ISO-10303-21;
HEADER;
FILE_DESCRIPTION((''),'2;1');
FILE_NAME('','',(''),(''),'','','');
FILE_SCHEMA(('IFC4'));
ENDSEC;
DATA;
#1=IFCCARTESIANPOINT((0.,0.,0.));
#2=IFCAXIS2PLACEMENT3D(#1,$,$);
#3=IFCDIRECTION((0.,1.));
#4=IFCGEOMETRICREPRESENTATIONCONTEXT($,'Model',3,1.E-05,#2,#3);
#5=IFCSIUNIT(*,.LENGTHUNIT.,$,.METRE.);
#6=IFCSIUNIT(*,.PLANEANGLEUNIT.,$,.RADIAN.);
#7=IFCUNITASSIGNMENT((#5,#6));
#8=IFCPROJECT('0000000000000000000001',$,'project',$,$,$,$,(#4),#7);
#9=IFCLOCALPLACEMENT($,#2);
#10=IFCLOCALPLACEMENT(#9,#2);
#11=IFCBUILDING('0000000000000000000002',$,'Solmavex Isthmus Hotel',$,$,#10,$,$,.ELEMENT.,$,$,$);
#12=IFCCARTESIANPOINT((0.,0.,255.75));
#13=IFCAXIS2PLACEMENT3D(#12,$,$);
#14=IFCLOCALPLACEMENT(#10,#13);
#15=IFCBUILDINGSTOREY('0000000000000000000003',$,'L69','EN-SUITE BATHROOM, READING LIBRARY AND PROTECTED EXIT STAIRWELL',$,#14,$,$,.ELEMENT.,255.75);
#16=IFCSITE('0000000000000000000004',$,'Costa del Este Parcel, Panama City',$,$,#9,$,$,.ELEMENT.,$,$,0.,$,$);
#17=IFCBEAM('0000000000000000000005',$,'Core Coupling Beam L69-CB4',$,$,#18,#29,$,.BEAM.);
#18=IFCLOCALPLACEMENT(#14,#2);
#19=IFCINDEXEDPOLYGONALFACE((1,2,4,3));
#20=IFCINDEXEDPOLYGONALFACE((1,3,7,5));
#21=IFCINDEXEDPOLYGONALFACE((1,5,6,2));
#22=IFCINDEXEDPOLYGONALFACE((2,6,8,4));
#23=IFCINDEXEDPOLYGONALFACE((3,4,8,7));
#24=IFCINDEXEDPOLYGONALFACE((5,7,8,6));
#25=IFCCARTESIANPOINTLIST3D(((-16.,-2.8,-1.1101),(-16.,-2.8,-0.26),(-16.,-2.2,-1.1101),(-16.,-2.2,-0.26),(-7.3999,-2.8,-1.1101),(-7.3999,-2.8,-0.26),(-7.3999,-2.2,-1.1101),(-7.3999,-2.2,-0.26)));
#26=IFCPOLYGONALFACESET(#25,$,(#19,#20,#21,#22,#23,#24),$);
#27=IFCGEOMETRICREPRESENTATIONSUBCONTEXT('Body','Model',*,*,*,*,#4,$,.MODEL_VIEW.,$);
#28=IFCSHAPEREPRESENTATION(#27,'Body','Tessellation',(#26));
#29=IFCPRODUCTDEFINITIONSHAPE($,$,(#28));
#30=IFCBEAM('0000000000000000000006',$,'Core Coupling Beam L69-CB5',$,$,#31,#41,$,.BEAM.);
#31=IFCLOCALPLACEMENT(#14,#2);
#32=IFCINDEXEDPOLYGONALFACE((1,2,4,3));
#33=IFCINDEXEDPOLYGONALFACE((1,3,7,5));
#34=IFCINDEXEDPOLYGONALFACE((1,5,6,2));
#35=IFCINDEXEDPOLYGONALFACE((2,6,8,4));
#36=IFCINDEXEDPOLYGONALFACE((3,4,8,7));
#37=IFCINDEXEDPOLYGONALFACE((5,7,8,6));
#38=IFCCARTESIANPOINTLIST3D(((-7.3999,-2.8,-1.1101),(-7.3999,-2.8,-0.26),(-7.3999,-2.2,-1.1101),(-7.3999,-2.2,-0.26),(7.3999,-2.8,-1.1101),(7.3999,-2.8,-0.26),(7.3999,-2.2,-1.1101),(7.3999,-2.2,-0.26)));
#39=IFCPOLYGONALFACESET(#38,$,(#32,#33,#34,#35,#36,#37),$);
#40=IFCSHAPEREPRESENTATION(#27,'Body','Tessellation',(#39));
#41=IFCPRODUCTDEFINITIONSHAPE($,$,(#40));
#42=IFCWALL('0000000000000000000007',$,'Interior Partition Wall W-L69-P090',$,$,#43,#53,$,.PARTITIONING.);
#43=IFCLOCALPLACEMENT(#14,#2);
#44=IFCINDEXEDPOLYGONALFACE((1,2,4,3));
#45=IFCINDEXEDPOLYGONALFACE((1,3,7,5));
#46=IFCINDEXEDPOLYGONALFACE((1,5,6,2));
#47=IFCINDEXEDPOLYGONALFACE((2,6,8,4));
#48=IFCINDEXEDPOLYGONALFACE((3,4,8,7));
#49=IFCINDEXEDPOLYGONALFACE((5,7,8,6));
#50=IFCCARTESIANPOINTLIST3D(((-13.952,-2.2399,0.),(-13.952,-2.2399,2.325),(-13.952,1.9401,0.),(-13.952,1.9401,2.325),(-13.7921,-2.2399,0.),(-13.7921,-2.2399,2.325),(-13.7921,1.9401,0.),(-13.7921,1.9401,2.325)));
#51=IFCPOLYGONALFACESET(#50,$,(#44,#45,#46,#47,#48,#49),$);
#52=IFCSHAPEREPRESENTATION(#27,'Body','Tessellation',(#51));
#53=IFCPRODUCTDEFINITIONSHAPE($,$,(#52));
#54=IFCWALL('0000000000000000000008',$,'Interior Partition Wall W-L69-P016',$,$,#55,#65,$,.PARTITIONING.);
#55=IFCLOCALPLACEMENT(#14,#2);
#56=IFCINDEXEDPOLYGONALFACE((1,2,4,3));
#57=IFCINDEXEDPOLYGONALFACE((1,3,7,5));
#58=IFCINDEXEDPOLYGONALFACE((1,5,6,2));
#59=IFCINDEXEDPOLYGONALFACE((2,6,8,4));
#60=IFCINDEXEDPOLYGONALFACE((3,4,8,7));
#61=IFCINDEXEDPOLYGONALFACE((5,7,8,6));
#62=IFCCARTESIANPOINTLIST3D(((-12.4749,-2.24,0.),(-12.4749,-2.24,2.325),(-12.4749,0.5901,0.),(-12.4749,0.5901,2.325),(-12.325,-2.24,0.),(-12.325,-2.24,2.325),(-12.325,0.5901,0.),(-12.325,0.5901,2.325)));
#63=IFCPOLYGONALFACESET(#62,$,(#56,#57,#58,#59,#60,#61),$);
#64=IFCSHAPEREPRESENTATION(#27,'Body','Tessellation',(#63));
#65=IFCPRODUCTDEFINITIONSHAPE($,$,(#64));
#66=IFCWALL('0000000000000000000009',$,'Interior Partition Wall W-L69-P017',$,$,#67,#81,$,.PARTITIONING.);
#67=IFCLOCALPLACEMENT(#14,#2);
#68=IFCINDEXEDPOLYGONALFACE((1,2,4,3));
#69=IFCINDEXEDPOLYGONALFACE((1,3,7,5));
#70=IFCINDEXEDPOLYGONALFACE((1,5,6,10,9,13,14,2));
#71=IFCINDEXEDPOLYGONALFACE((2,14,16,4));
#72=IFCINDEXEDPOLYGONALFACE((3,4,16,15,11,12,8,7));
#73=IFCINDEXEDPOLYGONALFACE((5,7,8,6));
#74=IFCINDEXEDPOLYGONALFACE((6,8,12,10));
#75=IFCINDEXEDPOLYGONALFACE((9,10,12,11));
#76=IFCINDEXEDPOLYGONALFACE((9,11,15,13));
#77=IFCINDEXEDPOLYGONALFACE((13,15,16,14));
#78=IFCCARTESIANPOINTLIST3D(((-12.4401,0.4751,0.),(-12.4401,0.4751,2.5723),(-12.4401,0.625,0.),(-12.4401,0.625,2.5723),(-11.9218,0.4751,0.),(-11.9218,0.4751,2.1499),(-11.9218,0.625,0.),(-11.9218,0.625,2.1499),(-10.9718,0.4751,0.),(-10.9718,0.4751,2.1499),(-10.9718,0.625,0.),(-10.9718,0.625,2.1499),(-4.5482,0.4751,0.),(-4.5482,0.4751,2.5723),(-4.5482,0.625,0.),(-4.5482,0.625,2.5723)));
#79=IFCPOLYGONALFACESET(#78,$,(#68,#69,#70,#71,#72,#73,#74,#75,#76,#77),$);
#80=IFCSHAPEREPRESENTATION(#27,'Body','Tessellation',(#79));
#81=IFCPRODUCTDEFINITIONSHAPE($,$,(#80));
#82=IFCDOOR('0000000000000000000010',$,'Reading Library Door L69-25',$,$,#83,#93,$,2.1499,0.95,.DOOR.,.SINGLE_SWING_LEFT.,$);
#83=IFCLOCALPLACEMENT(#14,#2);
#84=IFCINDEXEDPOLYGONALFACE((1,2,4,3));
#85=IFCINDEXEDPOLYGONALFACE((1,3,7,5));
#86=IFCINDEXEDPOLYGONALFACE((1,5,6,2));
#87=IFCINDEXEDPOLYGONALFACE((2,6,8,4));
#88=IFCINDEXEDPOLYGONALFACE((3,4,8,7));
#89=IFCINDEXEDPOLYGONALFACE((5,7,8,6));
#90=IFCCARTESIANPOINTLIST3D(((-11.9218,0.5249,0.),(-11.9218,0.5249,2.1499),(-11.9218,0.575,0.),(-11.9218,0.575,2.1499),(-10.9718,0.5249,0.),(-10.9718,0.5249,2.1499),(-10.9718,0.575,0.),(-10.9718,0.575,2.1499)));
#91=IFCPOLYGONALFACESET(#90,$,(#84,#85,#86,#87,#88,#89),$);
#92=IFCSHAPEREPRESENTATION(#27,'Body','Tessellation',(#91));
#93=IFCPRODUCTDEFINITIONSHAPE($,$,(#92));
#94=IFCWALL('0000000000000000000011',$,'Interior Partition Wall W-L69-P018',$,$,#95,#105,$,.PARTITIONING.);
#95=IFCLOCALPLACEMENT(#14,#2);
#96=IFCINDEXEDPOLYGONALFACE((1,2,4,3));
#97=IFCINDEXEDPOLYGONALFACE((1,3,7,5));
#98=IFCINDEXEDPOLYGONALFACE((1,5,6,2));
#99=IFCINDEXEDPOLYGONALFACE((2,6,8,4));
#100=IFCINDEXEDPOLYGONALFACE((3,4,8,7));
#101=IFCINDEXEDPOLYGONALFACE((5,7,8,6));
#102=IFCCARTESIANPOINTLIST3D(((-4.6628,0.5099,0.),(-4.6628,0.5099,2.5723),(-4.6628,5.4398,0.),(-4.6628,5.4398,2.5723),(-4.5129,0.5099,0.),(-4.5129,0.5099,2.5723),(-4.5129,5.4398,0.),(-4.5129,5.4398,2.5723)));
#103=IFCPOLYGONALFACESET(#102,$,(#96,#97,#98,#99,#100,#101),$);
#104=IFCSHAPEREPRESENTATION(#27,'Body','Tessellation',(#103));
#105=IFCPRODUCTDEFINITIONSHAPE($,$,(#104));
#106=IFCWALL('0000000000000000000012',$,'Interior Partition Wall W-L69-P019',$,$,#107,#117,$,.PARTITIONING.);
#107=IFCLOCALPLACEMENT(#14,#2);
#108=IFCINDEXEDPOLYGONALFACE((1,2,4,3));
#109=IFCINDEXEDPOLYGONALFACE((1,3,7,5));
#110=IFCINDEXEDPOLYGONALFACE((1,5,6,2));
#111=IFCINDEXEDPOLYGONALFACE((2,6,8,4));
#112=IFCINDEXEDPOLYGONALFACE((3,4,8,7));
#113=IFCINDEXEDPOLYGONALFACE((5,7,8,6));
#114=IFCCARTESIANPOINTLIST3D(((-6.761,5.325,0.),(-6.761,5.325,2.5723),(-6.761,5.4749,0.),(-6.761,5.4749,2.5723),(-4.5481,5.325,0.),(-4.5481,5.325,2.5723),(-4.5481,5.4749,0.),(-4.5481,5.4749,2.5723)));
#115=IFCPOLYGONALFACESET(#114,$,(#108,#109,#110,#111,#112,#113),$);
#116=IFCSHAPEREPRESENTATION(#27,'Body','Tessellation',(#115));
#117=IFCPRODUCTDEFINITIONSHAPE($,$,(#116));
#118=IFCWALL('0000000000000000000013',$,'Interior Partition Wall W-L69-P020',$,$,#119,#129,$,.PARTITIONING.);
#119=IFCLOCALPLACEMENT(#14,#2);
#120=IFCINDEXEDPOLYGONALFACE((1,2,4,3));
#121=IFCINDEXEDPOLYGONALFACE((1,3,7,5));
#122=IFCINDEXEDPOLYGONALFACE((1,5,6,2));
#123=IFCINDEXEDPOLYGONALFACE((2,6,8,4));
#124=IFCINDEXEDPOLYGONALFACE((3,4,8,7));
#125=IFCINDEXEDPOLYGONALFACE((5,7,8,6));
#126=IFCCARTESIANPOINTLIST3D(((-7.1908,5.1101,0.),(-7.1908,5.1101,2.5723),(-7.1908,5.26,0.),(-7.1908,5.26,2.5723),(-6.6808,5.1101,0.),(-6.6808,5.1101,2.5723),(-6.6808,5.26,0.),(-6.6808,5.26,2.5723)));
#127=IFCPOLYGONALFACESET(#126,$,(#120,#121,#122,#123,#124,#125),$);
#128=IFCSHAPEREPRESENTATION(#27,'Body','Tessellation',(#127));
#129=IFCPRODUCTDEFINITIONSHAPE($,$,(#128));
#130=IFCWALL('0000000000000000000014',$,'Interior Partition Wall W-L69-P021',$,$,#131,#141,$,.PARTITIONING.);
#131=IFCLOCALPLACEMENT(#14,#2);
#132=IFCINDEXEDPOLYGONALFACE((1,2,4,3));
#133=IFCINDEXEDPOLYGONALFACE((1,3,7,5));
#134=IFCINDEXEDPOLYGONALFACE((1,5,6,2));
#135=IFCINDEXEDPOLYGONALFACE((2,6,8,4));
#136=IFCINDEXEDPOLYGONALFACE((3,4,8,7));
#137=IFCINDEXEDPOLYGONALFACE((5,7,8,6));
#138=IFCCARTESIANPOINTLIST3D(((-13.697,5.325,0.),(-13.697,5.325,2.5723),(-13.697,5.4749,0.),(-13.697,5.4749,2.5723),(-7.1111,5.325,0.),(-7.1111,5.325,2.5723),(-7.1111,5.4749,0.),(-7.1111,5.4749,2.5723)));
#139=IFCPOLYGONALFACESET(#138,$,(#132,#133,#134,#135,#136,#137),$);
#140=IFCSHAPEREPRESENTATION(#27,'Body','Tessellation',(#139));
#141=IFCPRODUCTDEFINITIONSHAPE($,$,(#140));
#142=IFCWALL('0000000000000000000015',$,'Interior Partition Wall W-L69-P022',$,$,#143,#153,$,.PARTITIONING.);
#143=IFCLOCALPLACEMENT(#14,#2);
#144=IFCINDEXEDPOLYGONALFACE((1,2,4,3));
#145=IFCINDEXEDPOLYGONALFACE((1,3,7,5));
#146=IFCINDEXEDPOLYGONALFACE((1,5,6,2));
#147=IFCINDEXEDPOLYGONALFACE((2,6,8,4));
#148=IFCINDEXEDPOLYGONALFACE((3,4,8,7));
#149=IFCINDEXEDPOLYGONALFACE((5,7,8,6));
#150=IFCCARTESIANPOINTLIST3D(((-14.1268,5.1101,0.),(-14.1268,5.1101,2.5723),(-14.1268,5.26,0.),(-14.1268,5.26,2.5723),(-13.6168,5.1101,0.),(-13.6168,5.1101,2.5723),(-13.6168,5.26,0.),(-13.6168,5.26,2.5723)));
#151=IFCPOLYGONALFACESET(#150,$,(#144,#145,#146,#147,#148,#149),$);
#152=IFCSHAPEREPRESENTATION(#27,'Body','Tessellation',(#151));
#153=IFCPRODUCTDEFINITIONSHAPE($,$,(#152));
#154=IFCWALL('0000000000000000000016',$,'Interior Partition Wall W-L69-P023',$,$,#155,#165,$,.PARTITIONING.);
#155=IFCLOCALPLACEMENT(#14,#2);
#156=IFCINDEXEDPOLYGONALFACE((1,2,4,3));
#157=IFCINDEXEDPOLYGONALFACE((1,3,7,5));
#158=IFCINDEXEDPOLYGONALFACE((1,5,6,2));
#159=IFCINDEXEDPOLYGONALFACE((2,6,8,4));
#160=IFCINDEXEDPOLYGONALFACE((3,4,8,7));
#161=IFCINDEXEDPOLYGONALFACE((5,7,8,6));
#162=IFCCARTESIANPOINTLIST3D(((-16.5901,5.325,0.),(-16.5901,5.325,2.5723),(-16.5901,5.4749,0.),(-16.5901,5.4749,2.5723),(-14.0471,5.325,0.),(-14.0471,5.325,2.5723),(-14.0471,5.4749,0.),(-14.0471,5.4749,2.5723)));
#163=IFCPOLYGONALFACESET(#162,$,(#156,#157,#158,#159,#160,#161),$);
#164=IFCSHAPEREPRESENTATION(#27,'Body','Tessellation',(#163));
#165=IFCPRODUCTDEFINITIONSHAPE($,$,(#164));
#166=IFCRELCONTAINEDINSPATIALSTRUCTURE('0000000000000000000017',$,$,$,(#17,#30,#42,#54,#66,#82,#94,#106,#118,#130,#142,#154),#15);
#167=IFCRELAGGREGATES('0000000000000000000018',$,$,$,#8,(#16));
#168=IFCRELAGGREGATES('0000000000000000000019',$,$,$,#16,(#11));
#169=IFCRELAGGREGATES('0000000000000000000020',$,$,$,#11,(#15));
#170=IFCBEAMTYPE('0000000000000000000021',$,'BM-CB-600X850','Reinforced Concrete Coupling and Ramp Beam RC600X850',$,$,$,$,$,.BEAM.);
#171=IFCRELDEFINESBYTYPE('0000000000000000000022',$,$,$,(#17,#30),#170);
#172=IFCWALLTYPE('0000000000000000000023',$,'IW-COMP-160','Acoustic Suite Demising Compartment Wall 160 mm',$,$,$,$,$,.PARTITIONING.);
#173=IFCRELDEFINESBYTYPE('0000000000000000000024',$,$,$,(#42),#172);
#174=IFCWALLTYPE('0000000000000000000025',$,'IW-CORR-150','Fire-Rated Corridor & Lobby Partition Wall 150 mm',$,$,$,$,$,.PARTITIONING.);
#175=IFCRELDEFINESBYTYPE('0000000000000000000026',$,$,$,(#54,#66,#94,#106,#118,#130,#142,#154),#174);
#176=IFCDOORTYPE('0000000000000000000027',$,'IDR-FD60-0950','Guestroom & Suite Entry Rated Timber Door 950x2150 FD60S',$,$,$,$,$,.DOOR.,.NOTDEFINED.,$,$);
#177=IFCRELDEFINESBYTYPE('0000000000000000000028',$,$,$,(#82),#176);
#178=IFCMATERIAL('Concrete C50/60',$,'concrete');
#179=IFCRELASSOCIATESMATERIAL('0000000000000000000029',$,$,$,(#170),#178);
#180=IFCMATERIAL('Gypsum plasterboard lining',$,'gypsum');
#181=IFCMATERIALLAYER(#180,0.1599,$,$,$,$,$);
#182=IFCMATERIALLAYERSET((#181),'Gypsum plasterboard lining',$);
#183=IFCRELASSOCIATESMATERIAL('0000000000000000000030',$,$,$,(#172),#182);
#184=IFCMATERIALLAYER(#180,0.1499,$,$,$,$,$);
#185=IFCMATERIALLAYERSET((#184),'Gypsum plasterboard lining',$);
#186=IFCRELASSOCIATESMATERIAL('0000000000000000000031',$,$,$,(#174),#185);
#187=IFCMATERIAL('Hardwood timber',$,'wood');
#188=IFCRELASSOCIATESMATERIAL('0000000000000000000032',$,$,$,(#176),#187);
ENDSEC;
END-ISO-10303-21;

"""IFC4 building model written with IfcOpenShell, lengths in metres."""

from ifc_helpers import new_model, si_unit, direction, frame, frame_2d, origin, origin_2d, place, context, subcontext, project, spatial, rectangle, extrude, material, layer, layer_set, material_profile, profile_set, type_object, element, fill, save


model = new_model("IFC4")

# Units and contexts
model_context = context("Model", 3, precision=1e-05, world=origin(), true_north=direction((0.0, 1.0)))
body_context = subcontext(model_context, "Body", "Model", "MODEL_VIEW")
ifc_project = project(units=[si_unit("LENGTHUNIT", "METRE"), si_unit("PLANEANGLEUNIT", "RADIAN")], contexts=[model_context])

# Site, building, storey
site_placement = place(None, origin())
site = spatial("IfcSite", under=ifc_project, at=site_placement, Name="Costa del Este Parcel, Panama City", CompositionType="ELEMENT", RefElevation=0.0)
building_placement = place(site_placement, origin())
building = spatial("IfcBuilding", under=site, at=building_placement, Name="Solmavex Isthmus Hotel", CompositionType="ELEMENT")
storey_placement = place(building_placement, frame((0.0, 0.0, 255.75)))
storey = spatial("IfcBuildingStorey", under=building, at=storey_placement, Name="L69", Description="EN-SUITE BATHROOM, READING LIBRARY AND PROTECTED EXIT STAIRWELL", CompositionType="ELEMENT", Elevation=255.75)

# Shared definitions
ifc_material_1 = material(Name="Concrete C50/60", Category="concrete")

# Beams
ifc_material_profile_1 = material_profile(ifc_material_1, rectangle(XDim=0.6001, YDim=0.8501, at=origin_2d()), Name="RC600X850")
ifc_profile_set_1 = profile_set([ifc_material_profile_1], Name="Concrete C50/60")
beam_type_1 = type_object("IfcBeamType", Name="BM-CB-600X850", Description="Reinforced Concrete Coupling and Ramp Beam RC600X850", PredefinedType="BEAM", material=ifc_profile_set_1)
beam_1_placement = place(storey_placement, frame((-16.0, -2.5, -0.6851), z_axis=(1.0, 0.0, 0.0), x_axis=(0.0, 1.0, 0.0)))
element("IfcBeam", 1, at=beam_1_placement, inside=storey, type_object=beam_type_1, Name="Core Coupling Beam L69-CB4", PredefinedType="BEAM", context=body_context, shape_type="SweptSolid", body=[
    extrude(rectangle(XDim=0.6001, YDim=0.8501, at=origin_2d()), origin(), (0.0, 0.0, 1.0), 8.6001),
])
beam_2_placement = place(storey_placement, frame((-7.3999, -2.5, -0.6851), z_axis=(1.0, 0.0, 0.0), x_axis=(0.0, 1.0, 0.0)))
element("IfcBeam", 2, at=beam_2_placement, inside=storey, type_object=beam_type_1, Name="Core Coupling Beam L69-CB5", PredefinedType="BEAM", context=body_context, shape_type="SweptSolid", body=[
    extrude(rectangle(XDim=0.6001, YDim=0.8501, at=origin_2d()), origin(), (0.0, 0.0, 1.0), 14.7998),
])

# Walls
ifc_material_2 = material(Name="Gypsum plasterboard lining", Category="gypsum")
ifc_layer_1 = layer(ifc_material_2, 0.1599)
ifc_layer_set_1 = layer_set([ifc_layer_1], Name="Gypsum plasterboard lining")
wall_type_1 = type_object("IfcWallType", Name="IW-COMP-160", Description="Acoustic Suite Demising Compartment Wall 160 mm", PredefinedType="PARTITIONING", material=ifc_layer_set_1)
wall_1_placement = place(storey_placement, frame((-13.8721, 1.9399, 0.0), z_axis=(0.0, 0.0, 1.0), x_axis=(0.0, -1.0, 0.0)))
element("IfcWall", 3, at=wall_1_placement, inside=storey, type_object=wall_type_1, Name="Interior Partition Wall W-L69-P090", PredefinedType="PARTITIONING", context=body_context, shape_type="SweptSolid", body=[
    extrude(rectangle(XDim=4.1799, YDim=0.1599, at=frame_2d((2.0898, 0.0))), origin(), (0.0, 0.0, 1.0), 2.325),
])
ifc_layer_2 = layer(ifc_material_2, 0.1499)
ifc_layer_set_2 = layer_set([ifc_layer_2], Name="Gypsum plasterboard lining")
wall_type_2 = type_object("IfcWallType", Name="IW-CORR-150", Description="Fire-Rated Corridor & Lobby Partition Wall 150 mm", PredefinedType="PARTITIONING", material=ifc_layer_set_2)
wall_2_placement = place(storey_placement, frame((-12.3999, -2.24, 0.0), z_axis=(0.0, 0.0, 1.0), x_axis=(0.0, 1.0, 0.0)))
element("IfcWall", 4, at=wall_2_placement, inside=storey, type_object=wall_type_2, Name="Interior Partition Wall W-L69-P016", PredefinedType="PARTITIONING", context=body_context, shape_type="SweptSolid", body=[
    extrude(rectangle(XDim=2.8301, YDim=0.1499, at=frame_2d((1.415, 0.0))), origin(), (0.0, 0.0, 1.0), 2.325),
])

# Wall, opening, door
wall_3_placement = place(storey_placement, frame((-12.4399, 0.55, 0.0), z_axis=(0.0, 0.0, 1.0), x_axis=(1.0, 0.0, 0.0)))
wall_3 = element("IfcWall", 5, at=wall_3_placement, inside=storey, type_object=wall_type_2, Name="Interior Partition Wall W-L69-P017", PredefinedType="PARTITIONING", context=body_context, shape_type="SweptSolid", body=[
    extrude(rectangle(XDim=7.8918, YDim=0.1499, at=frame_2d((3.9458, 0.0))), origin(), (0.0, 0.0, 1.0), 2.5723),
])
opening_1_placement = place(wall_3_placement, frame((0.5181, 0.0, 0.0)))
opening_1 = element("IfcOpeningElement", 6, at=opening_1_placement, cuts=wall_3, PredefinedType="OPENING", context=body_context, shape_type="SweptSolid", body=[
    extrude(rectangle(XDim=0.95, YDim=2.1499, at=frame_2d((0.4751, 1.075))), frame((0.0, 0.085, 0.0), z_axis=(0.0, -1.0, 0.0), x_axis=(1.0, 0.0, 0.0)), (0.0, 0.0, 1.0), 0.1699),
])
ifc_material_3 = material(Name="Hardwood timber", Category="wood")
door_type = type_object("IfcDoorType", Name="IDR-FD60-0950", Description="Guestroom & Suite Entry Rated Timber Door 950x2150 FD60S", OperationType="NOTDEFINED", PredefinedType="DOOR", material=ifc_material_3)
door_1_placement = place(opening_1_placement, origin())
door_1 = element("IfcDoor", 7, at=door_1_placement, inside=storey, type_object=door_type, Name="Reading Library Door L69-25", OperationType="SINGLE_SWING_LEFT", OverallHeight=2.1499, OverallWidth=0.95, PredefinedType="DOOR", context=body_context, shape_type="SweptSolid", body=[
    extrude(rectangle(XDim=0.95, YDim=2.1499, at=frame_2d((0.4751, 1.075))), frame((0.0, 0.0249, 0.0), z_axis=(0.0, -1.0, 0.0), x_axis=(1.0, 0.0, 0.0)), (0.0, 0.0, 1.0), 0.05),
])
fill(opening_1, door_1)

# Walls
wall_4_placement = place(storey_placement, frame((-4.5879, 0.51, 0.0), z_axis=(0.0, 0.0, 1.0), x_axis=(0.0, 1.0, 0.0)))
element("IfcWall", 8, at=wall_4_placement, inside=storey, type_object=wall_type_2, Name="Interior Partition Wall W-L69-P018", PredefinedType="PARTITIONING", context=body_context, shape_type="SweptSolid", body=[
    extrude(rectangle(XDim=4.9299, YDim=0.1499, at=frame_2d((2.4648, 0.0))), origin(), (0.0, 0.0, 1.0), 2.5723),
])
wall_5_placement = place(storey_placement, frame((-4.5481, 5.3999, 0.0), z_axis=(0.0, 0.0, 1.0), x_axis=(-1.0, 0.0, 0.0)))
element("IfcWall", 9, at=wall_5_placement, inside=storey, type_object=wall_type_2, Name="Interior Partition Wall W-L69-P019", PredefinedType="PARTITIONING", context=body_context, shape_type="SweptSolid", body=[
    extrude(rectangle(XDim=2.2129, YDim=0.1499, at=frame_2d((1.1064, 0.0))), origin(), (0.0, 0.0, 1.0), 2.5723),
])
wall_6_placement = place(storey_placement, frame((-6.6809, 5.1851, 0.0), z_axis=(0.0, 0.0, 1.0), x_axis=(-1.0, 0.0, 0.0)))
element("IfcWall", 10, at=wall_6_placement, inside=storey, type_object=wall_type_2, Name="Interior Partition Wall W-L69-P020", PredefinedType="PARTITIONING", context=body_context, shape_type="SweptSolid", body=[
    extrude(rectangle(XDim=0.51, YDim=0.1499, at=frame_2d((0.2549, 0.0))), origin(), (0.0, 0.0, 1.0), 2.5723),
])
wall_7_placement = place(storey_placement, frame((-7.1111, 5.3999, 0.0), z_axis=(0.0, 0.0, 1.0), x_axis=(-1.0, 0.0, 0.0)))
element("IfcWall", 11, at=wall_7_placement, inside=storey, type_object=wall_type_2, Name="Interior Partition Wall W-L69-P021", PredefinedType="PARTITIONING", context=body_context, shape_type="SweptSolid", body=[
    extrude(rectangle(XDim=6.5859, YDim=0.1499, at=frame_2d((3.293, 0.0))), origin(), (0.0, 0.0, 1.0), 2.5723),
])
wall_8_placement = place(storey_placement, frame((-13.6169, 5.1851, 0.0), z_axis=(0.0, 0.0, 1.0), x_axis=(-1.0, 0.0, 0.0)))
element("IfcWall", 12, at=wall_8_placement, inside=storey, type_object=wall_type_2, Name="Interior Partition Wall W-L69-P022", PredefinedType="PARTITIONING", context=body_context, shape_type="SweptSolid", body=[
    extrude(rectangle(XDim=0.51, YDim=0.1499, at=frame_2d((0.2549, 0.0))), origin(), (0.0, 0.0, 1.0), 2.5723),
])
wall_9_placement = place(storey_placement, frame((-14.0471, 5.3999, 0.0), z_axis=(0.0, 0.0, 1.0), x_axis=(-1.0, 0.0, 0.0)))
element("IfcWall", 13, at=wall_9_placement, inside=storey, type_object=wall_type_2, Name="Interior Partition Wall W-L69-P023", PredefinedType="PARTITIONING", context=body_context, shape_type="SweptSolid", body=[
    extrude(rectangle(XDim=2.543, YDim=0.1499, at=frame_2d((1.2715, 0.0))), origin(), (0.0, 0.0, 1.0), 2.5723),
])

save(model, "model.ifc")
